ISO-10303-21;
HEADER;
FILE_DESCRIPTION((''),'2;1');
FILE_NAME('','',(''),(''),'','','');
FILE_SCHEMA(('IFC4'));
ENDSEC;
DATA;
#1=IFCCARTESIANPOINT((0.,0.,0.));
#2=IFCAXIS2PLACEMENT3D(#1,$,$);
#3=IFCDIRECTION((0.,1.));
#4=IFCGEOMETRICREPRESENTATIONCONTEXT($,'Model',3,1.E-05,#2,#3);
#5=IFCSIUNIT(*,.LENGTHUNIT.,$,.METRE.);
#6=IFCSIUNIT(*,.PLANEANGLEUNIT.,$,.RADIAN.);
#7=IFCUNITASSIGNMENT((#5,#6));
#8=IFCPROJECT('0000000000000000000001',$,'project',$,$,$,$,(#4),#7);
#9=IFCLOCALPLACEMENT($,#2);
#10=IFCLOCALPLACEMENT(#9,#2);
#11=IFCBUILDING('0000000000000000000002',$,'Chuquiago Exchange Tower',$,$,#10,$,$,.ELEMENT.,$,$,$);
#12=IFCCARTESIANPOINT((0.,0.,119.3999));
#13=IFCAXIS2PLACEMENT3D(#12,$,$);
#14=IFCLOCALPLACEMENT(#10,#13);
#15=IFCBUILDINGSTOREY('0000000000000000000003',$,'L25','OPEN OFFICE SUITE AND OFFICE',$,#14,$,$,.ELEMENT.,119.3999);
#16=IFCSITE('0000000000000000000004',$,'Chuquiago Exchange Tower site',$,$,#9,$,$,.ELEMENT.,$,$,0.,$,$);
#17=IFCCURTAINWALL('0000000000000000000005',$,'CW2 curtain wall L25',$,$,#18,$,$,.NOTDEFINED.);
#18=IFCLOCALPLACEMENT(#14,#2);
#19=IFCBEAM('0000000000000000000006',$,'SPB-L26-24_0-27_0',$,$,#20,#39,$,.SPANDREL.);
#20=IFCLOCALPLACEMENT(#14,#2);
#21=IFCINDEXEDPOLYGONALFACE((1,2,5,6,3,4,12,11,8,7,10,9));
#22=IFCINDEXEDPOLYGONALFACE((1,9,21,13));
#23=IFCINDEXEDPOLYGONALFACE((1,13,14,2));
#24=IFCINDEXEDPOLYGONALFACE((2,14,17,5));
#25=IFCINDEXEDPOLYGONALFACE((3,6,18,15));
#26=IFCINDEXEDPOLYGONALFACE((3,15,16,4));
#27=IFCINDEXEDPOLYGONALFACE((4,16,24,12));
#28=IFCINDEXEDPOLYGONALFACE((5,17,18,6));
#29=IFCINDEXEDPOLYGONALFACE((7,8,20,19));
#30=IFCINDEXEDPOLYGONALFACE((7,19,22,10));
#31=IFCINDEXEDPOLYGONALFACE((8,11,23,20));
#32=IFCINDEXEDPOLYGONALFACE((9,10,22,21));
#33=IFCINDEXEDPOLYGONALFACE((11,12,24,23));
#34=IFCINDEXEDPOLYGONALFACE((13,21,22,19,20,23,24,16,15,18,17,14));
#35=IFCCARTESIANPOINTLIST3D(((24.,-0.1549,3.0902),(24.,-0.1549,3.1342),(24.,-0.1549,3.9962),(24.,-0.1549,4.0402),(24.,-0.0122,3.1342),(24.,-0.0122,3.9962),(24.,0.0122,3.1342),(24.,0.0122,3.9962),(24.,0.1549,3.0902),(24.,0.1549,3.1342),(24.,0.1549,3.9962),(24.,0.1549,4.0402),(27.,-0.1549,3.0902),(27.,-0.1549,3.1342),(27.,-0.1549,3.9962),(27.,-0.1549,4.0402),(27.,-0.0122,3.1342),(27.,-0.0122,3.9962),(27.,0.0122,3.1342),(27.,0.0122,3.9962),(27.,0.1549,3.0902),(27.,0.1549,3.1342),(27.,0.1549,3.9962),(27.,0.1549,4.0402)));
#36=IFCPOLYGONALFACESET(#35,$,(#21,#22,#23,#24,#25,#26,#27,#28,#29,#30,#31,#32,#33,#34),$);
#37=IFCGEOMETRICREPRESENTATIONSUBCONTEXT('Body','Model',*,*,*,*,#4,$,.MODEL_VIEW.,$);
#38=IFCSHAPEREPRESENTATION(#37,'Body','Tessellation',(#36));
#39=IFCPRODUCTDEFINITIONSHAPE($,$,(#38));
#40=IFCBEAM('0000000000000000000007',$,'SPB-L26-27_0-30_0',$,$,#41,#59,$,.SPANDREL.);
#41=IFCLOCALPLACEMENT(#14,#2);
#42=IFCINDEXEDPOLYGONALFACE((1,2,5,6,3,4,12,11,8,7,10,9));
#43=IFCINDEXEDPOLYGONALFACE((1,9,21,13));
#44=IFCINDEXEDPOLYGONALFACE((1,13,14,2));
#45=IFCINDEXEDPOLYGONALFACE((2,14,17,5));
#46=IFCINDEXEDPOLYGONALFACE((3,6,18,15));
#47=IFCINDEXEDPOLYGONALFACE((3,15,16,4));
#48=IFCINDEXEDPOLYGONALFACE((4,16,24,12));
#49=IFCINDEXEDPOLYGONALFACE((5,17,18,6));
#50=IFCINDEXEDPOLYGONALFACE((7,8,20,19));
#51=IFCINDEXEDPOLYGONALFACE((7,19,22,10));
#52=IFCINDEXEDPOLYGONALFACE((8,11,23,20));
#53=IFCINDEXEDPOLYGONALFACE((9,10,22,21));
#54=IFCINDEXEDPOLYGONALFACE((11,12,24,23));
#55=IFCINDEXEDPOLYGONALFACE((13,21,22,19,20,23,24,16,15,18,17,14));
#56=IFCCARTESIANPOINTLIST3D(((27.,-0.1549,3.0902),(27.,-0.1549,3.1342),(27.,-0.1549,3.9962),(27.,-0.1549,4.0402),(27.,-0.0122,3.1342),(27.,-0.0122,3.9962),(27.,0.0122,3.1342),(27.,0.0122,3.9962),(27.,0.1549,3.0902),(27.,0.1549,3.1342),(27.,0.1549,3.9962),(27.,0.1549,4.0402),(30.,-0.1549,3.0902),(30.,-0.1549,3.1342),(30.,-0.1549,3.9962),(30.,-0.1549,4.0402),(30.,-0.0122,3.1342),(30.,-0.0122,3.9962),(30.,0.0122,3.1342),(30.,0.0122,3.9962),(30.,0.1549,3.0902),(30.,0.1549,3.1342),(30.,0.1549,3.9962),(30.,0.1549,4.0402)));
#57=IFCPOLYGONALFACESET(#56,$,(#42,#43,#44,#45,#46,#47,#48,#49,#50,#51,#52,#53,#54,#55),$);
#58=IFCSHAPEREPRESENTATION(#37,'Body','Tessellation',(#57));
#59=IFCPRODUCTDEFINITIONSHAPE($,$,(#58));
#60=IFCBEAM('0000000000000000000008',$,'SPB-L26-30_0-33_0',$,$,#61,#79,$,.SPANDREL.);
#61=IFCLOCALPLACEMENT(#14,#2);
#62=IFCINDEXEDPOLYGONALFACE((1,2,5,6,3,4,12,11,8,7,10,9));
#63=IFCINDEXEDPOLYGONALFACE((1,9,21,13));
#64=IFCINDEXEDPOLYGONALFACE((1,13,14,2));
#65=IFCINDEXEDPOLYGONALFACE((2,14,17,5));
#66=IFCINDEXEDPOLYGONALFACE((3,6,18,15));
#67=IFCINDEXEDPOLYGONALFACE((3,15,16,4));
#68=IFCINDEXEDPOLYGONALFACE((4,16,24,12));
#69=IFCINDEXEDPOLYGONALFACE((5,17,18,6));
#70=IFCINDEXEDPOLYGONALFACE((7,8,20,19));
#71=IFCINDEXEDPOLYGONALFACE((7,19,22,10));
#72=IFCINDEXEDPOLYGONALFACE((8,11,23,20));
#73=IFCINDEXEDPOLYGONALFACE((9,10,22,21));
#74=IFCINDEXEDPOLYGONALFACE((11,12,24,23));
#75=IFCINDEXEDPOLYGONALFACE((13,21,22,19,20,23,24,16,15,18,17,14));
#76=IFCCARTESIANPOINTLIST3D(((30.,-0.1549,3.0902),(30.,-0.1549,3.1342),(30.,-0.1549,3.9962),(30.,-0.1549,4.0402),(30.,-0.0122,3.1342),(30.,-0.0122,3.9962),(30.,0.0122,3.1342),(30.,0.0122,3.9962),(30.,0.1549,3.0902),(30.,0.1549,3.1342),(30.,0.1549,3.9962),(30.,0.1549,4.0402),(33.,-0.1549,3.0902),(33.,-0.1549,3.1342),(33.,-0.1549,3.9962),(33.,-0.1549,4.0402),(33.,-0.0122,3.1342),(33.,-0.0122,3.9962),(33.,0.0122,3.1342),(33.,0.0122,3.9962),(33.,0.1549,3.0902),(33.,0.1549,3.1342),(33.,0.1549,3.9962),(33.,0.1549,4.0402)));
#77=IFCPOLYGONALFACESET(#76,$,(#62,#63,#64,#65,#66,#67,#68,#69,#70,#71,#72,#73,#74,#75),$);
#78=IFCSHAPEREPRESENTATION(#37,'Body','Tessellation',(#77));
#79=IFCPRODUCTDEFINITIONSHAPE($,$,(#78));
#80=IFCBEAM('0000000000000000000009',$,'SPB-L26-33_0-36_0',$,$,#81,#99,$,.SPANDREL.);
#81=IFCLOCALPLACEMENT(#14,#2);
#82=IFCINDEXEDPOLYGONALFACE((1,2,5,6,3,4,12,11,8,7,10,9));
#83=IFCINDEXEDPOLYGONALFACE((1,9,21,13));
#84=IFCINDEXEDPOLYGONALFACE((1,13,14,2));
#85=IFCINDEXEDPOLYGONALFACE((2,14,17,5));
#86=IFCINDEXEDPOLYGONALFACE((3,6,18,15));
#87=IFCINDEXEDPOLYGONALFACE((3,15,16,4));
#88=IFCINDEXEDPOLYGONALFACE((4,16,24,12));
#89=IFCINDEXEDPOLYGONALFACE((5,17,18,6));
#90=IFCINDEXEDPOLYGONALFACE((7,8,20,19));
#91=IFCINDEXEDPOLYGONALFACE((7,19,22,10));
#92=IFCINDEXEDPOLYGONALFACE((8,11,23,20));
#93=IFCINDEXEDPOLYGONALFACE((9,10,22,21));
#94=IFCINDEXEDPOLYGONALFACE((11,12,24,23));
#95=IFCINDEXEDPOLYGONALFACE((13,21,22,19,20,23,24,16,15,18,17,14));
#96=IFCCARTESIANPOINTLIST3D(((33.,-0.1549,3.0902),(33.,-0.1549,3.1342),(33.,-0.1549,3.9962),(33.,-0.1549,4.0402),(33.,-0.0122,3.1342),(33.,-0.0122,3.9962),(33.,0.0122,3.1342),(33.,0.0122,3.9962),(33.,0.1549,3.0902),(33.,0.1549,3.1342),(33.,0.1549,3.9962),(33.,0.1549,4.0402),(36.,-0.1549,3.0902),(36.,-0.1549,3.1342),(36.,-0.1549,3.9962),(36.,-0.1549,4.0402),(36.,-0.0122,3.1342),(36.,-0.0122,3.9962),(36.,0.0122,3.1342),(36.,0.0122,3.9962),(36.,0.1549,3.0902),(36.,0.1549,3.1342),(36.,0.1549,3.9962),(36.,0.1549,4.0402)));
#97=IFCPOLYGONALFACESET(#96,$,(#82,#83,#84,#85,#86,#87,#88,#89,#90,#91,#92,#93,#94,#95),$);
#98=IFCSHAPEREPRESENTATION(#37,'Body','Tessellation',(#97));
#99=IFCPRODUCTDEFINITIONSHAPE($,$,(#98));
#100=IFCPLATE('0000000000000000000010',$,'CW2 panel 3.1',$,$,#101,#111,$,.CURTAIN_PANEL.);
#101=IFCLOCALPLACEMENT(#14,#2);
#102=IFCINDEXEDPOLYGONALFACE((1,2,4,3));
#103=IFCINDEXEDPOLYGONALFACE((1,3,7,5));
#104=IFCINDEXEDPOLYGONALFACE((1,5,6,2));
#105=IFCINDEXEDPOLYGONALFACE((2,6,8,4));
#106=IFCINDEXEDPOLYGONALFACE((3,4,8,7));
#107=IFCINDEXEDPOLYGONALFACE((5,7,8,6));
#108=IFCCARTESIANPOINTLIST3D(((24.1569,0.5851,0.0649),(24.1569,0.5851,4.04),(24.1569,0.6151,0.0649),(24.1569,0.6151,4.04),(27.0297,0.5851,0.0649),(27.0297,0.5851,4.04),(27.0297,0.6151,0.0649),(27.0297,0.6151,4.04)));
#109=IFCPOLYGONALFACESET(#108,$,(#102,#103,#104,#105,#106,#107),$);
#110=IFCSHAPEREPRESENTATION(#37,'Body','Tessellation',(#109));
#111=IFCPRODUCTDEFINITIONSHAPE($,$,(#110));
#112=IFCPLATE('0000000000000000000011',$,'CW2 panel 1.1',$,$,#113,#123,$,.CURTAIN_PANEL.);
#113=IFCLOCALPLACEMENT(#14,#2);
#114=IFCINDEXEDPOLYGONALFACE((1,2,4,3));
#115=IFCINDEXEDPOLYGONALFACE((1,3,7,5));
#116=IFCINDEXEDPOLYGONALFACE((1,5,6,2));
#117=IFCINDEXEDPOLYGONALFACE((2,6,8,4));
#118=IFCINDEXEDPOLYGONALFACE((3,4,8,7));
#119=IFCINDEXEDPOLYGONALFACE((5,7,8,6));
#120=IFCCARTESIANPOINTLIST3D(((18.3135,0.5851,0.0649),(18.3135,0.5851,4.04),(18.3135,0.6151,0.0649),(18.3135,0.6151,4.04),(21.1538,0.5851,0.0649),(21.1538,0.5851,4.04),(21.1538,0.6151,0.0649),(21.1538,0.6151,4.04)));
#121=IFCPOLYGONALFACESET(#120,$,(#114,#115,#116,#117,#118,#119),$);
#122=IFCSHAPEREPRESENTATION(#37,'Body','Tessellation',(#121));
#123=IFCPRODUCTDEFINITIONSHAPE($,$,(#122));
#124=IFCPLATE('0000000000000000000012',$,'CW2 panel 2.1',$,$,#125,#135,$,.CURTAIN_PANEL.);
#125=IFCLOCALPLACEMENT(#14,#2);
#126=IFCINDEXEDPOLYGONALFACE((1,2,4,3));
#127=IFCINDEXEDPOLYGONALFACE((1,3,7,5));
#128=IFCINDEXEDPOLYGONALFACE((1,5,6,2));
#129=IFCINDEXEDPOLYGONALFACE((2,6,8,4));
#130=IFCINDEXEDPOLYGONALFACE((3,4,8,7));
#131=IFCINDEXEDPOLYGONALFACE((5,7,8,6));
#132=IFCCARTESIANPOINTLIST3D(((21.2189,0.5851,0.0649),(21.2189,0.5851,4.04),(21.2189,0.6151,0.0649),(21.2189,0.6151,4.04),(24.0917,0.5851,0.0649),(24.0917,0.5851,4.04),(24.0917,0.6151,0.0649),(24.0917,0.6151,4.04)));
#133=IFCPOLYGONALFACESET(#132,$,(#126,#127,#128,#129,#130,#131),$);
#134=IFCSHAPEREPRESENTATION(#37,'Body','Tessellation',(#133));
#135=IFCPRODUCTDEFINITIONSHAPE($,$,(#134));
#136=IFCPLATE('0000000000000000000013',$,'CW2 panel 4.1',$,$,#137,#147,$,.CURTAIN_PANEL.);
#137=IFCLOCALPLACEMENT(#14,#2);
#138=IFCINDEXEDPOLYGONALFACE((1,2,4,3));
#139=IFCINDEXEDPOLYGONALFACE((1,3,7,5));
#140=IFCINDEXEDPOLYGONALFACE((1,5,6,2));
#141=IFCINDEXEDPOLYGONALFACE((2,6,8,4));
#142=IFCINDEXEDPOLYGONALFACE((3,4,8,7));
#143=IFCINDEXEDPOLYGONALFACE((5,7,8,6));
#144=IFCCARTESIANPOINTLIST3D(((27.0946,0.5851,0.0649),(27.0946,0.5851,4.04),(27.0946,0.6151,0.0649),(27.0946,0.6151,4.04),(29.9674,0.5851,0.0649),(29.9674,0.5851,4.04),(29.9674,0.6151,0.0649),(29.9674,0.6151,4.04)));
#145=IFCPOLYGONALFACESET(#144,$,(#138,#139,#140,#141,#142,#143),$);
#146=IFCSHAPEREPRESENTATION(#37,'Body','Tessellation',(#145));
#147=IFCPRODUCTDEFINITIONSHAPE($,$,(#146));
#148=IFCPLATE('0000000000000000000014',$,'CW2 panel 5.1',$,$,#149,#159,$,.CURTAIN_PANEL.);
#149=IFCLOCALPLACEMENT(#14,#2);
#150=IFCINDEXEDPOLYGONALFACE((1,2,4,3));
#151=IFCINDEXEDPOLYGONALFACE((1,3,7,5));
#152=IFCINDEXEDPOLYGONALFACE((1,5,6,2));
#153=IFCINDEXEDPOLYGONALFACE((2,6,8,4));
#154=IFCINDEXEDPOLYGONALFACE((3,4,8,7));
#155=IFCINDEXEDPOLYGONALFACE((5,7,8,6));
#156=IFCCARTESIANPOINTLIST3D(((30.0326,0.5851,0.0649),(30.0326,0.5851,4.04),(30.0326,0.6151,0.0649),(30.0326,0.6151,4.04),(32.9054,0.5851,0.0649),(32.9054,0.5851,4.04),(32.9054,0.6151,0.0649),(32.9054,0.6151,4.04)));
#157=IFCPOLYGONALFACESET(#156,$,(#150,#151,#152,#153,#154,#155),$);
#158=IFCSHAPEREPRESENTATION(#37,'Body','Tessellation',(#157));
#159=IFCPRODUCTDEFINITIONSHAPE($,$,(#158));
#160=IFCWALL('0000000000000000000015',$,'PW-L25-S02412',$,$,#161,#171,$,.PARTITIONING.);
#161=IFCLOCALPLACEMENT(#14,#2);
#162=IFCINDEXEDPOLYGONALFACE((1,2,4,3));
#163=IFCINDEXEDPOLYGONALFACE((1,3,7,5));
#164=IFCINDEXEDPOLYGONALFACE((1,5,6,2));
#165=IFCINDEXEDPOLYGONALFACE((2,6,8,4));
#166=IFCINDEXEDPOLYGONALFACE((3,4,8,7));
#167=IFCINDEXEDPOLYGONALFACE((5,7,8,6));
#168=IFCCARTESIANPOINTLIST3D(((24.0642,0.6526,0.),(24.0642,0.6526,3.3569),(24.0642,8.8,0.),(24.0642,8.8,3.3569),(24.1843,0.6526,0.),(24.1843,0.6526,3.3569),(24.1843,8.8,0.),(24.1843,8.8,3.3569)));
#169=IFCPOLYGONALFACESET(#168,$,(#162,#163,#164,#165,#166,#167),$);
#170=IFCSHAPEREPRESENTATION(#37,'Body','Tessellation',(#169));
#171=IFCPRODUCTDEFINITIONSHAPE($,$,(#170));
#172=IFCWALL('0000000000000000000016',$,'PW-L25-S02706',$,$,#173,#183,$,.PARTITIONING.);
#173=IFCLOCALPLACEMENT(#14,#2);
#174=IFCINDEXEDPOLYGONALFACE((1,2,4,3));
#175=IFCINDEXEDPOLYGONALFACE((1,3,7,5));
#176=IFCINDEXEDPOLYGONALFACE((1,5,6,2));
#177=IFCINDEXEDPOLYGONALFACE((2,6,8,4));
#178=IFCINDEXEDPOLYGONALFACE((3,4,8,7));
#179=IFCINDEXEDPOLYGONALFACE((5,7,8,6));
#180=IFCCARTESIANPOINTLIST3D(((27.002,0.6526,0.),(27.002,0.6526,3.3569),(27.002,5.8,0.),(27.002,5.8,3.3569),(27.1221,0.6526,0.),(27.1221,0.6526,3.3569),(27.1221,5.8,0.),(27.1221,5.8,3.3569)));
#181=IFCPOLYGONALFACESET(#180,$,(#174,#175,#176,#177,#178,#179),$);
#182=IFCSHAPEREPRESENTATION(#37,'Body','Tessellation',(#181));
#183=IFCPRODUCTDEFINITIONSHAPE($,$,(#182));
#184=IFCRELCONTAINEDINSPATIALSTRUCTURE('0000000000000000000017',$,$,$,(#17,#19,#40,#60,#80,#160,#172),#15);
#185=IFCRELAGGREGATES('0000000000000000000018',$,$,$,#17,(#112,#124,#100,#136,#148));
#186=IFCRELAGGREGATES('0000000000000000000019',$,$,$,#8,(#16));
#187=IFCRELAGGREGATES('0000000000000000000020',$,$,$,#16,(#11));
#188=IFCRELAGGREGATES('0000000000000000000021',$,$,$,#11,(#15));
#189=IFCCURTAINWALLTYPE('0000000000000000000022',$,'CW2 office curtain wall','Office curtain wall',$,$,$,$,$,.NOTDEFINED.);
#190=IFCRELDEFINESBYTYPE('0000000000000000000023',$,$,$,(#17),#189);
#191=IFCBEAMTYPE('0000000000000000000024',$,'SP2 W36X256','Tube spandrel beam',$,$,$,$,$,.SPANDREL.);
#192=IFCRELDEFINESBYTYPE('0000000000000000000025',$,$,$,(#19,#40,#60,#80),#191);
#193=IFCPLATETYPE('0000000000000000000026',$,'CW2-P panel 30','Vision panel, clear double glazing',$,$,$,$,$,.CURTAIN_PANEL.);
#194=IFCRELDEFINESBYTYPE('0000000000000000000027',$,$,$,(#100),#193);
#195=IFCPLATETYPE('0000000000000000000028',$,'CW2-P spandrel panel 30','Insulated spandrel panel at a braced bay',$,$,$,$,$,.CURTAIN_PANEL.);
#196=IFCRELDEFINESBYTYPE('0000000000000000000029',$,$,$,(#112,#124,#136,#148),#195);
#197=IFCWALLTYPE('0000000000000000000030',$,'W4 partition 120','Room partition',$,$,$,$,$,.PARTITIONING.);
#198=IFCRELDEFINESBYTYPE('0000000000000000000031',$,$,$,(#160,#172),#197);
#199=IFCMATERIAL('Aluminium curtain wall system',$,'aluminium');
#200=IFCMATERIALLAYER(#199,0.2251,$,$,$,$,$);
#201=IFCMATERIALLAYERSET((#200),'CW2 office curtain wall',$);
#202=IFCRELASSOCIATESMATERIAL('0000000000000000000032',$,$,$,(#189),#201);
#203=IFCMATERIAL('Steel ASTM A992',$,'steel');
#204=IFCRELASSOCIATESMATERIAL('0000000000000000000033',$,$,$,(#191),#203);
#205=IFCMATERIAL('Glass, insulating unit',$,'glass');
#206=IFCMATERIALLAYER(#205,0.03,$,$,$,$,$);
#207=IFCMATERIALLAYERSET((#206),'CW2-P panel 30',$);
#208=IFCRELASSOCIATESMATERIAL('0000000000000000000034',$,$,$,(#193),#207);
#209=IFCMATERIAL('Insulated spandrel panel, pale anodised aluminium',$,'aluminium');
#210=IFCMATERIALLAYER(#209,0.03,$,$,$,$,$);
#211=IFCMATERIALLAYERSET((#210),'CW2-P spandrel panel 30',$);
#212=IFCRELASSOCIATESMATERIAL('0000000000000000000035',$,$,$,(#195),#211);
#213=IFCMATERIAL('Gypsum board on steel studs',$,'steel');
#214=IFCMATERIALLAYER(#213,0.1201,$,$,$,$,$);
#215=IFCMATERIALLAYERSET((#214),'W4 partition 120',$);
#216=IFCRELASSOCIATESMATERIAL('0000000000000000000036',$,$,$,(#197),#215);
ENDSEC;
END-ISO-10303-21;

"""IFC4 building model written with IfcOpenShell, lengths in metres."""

from ifc_helpers import new_model, si_unit, direction, frame, frame_2d, origin, origin_2d, place, context, subcontext, project, spatial, rectangle, i_section, extrude, material, layer, layer_set, material_profile, profile_set, type_object, element, aggregate, save


model = new_model("IFC4")

# Units and contexts
model_context = context("Model", 3, precision=1e-05, world=origin(), true_north=direction((0.0, 1.0)))
body_context = subcontext(model_context, "Body", "Model", "MODEL_VIEW")
ifc_project = project(units=[si_unit("LENGTHUNIT", "METRE"), si_unit("PLANEANGLEUNIT", "RADIAN")], contexts=[model_context])

# Site, building, storey
site_placement = place(None, origin())
site = spatial("IfcSite", under=ifc_project, at=site_placement, Name="Chuquiago Exchange Tower site", CompositionType="ELEMENT", RefElevation=0.0)
building_placement = place(site_placement, origin())
building = spatial("IfcBuilding", under=site, at=building_placement, Name="Chuquiago Exchange Tower", CompositionType="ELEMENT")
storey_placement = place(building_placement, frame((0.0, 0.0, 119.3999)))
storey = spatial("IfcBuildingStorey", under=building, at=storey_placement, Name="L25", Description="OPEN OFFICE SUITE AND OFFICE", CompositionType="ELEMENT", Elevation=119.3999)

# Curtain wall
ifc_material_1 = material(Name="Aluminium curtain wall system", Category="aluminium")
ifc_layer_1 = layer(ifc_material_1, 0.2251)
ifc_layer_set_1 = layer_set([ifc_layer_1], Name="CW2 office curtain wall")
curtain_wall_type_1 = type_object("IfcCurtainWallType", Name="CW2 office curtain wall", Description="Office curtain wall", PredefinedType="NOTDEFINED", material=ifc_layer_set_1)
curtain_wall_1_placement = place(storey_placement, origin())
curtain_wall_1 = element("IfcCurtainWall", 1, at=curtain_wall_1_placement, inside=storey, type_object=curtain_wall_type_1, Name="CW2 curtain wall L25", PredefinedType="NOTDEFINED")

# Beams
ifc_material_2 = material(Name="Steel ASTM A992", Category="steel")
ifc_material_profile_1 = material_profile(ifc_material_2, i_section(OverallWidth=0.3098, OverallDepth=0.95, WebThickness=0.0244, FlangeThickness=0.0439, at=origin_2d()), Name="W36X256")
ifc_profile_set_1 = profile_set([ifc_material_profile_1], Name="Steel ASTM A992")
beam_type = type_object("IfcBeamType", Name="SP2 W36X256", Description="Tube spandrel beam", PredefinedType="SPANDREL", material=ifc_profile_set_1)
for number, where, z_axis, x_axis, name in (
    (2, (24.0, 0.0, 3.5652), (1.0, 0.0, 0.0), (0.0, 1.0, 0.0), "SPB-L26-24_0-27_0"),
    (3, (27.0, 0.0, 3.5652), (1.0, 0.0, 0.0), (0.0, 1.0, 0.0), "SPB-L26-27_0-30_0"),
    (4, (30.0, 0.0, 3.5652), (1.0, 0.0, 0.0), (0.0, 1.0, 0.0), "SPB-L26-30_0-33_0"),
    (5, (33.0, 0.0, 3.5652), (1.0, 0.0, 0.0), (0.0, 1.0, 0.0), "SPB-L26-33_0-36_0"),
):
    element("IfcBeam", number, at=place(storey_placement, frame(where, z_axis=z_axis, x_axis=x_axis)), inside=storey, type_object=beam_type, Name=name, PredefinedType="SPANDREL", context=body_context, shape_type="SweptSolid", body=[
        extrude(i_section(OverallWidth=0.3098, OverallDepth=0.95, WebThickness=0.0244, FlangeThickness=0.0439, at=origin_2d()), origin(), (0.0, 0.0, 1.0), 3.0),
    ])

# Plates
ifc_material_3 = material(Name="Glass, insulating unit", Category="glass")
ifc_layer_2 = layer(ifc_material_3, 0.03)
ifc_layer_set_2 = layer_set([ifc_layer_2], Name="CW2-P panel 30")
plate_type_1 = type_object("IfcPlateType", Name="CW2-P panel 30", Description="Vision panel, clear double glazing", PredefinedType="CURTAIN_PANEL", material=ifc_layer_set_2)
plate_1_placement = place(storey_placement, frame((25.5933, 0.6001, 0.0649), z_axis=(0.0, 0.0, 1.0), x_axis=(1.0, 0.0, 0.0)))
plate_1 = element("IfcPlate", 6, at=plate_1_placement, type_object=plate_type_1, Name="CW2 panel 3.1", PredefinedType="CURTAIN_PANEL", context=body_context, shape_type="SweptSolid", body=[
    extrude(rectangle(XDim=2.8728, YDim=0.03, at=origin_2d()), origin(), (0.0, 0.0, 1.0), 3.9751),
])
ifc_material_4 = material(Name="Insulated spandrel panel, pale anodised aluminium", Category="aluminium")
ifc_layer_3 = layer(ifc_material_4, 0.03)
ifc_layer_set_3 = layer_set([ifc_layer_3], Name="CW2-P spandrel panel 30")
plate_type_2 = type_object("IfcPlateType", Name="CW2-P spandrel panel 30", Description="Insulated spandrel panel at a braced bay", PredefinedType="CURTAIN_PANEL", material=ifc_layer_set_3)
plate_2_placement = place(storey_placement, frame((19.7336, 0.6001, 0.0649), z_axis=(0.0, 0.0, 1.0), x_axis=(1.0, 0.0, 0.0)))
plate_2 = element("IfcPlate", 7, at=plate_2_placement, type_object=plate_type_2, Name="CW2 panel 1.1", PredefinedType="CURTAIN_PANEL", context=body_context, shape_type="SweptSolid", body=[
    extrude(rectangle(XDim=2.8403, YDim=0.03, at=origin_2d()), origin(), (0.0, 0.0, 1.0), 3.9751),
])
plate_3_placement = place(storey_placement, frame((22.6553, 0.6001, 0.0649), z_axis=(0.0, 0.0, 1.0), x_axis=(1.0, 0.0, 0.0)))
plate_3 = element("IfcPlate", 8, at=plate_3_placement, type_object=plate_type_2, Name="CW2 panel 2.1", PredefinedType="CURTAIN_PANEL", context=body_context, shape_type="SweptSolid", body=[
    extrude(rectangle(XDim=2.8728, YDim=0.03, at=origin_2d()), origin(), (0.0, 0.0, 1.0), 3.9751),
])
plate_4_placement = place(storey_placement, frame((28.531, 0.6001, 0.0649), z_axis=(0.0, 0.0, 1.0), x_axis=(1.0, 0.0, 0.0)))
plate_4 = element("IfcPlate", 9, at=plate_4_placement, type_object=plate_type_2, Name="CW2 panel 4.1", PredefinedType="CURTAIN_PANEL", context=body_context, shape_type="SweptSolid", body=[
    extrude(rectangle(XDim=2.8728, YDim=0.03, at=origin_2d()), origin(), (0.0, 0.0, 1.0), 3.9751),
])
plate_5_placement = place(storey_placement, frame((31.469, 0.6001, 0.0649), z_axis=(0.0, 0.0, 1.0), x_axis=(1.0, 0.0, 0.0)))
plate_5 = element("IfcPlate", 10, at=plate_5_placement, type_object=plate_type_2, Name="CW2 panel 5.1", PredefinedType="CURTAIN_PANEL", context=body_context, shape_type="SweptSolid", body=[
    extrude(rectangle(XDim=2.8728, YDim=0.03, at=origin_2d()), origin(), (0.0, 0.0, 1.0), 3.9751),
])
aggregate(curtain_wall_1, [plate_2, plate_3, plate_1, plate_4, plate_5])

# Walls
ifc_material_5 = material(Name="Gypsum board on steel studs", Category="steel")
ifc_layer_4 = layer(ifc_material_5, 0.1201)
ifc_layer_set_4 = layer_set([ifc_layer_4], Name="W4 partition 120")
wall_type = type_object("IfcWallType", Name="W4 partition 120", Description="Room partition", PredefinedType="PARTITIONING", material=ifc_layer_set_4)
wall_1_placement = place(storey_placement, frame((24.1243, 0.6526, 0.0), z_axis=(0.0, 0.0, 1.0), x_axis=(0.0, 1.0, 0.0)))
element("IfcWall", 11, at=wall_1_placement, inside=storey, type_object=wall_type, Name="PW-L25-S02412", PredefinedType="PARTITIONING", context=body_context, shape_type="SweptSolid", body=[
    extrude(rectangle(XDim=8.1475, YDim=0.1201, at=frame_2d((4.0737, 0.0))), origin(), (0.0, 0.0, 1.0), 3.3569),
])
wall_2_placement = place(storey_placement, frame((27.062, 0.6526, 0.0), z_axis=(0.0, 0.0, 1.0), x_axis=(0.0, 1.0, 0.0)))
element("IfcWall", 12, at=wall_2_placement, inside=storey, type_object=wall_type, Name="PW-L25-S02706", PredefinedType="PARTITIONING", context=body_context, shape_type="SweptSolid", body=[
    extrude(rectangle(XDim=5.1475, YDim=0.1201, at=frame_2d((2.5737, 0.0))), origin(), (0.0, 0.0, 1.0), 3.3569),
])

save(model, "model.ifc")
